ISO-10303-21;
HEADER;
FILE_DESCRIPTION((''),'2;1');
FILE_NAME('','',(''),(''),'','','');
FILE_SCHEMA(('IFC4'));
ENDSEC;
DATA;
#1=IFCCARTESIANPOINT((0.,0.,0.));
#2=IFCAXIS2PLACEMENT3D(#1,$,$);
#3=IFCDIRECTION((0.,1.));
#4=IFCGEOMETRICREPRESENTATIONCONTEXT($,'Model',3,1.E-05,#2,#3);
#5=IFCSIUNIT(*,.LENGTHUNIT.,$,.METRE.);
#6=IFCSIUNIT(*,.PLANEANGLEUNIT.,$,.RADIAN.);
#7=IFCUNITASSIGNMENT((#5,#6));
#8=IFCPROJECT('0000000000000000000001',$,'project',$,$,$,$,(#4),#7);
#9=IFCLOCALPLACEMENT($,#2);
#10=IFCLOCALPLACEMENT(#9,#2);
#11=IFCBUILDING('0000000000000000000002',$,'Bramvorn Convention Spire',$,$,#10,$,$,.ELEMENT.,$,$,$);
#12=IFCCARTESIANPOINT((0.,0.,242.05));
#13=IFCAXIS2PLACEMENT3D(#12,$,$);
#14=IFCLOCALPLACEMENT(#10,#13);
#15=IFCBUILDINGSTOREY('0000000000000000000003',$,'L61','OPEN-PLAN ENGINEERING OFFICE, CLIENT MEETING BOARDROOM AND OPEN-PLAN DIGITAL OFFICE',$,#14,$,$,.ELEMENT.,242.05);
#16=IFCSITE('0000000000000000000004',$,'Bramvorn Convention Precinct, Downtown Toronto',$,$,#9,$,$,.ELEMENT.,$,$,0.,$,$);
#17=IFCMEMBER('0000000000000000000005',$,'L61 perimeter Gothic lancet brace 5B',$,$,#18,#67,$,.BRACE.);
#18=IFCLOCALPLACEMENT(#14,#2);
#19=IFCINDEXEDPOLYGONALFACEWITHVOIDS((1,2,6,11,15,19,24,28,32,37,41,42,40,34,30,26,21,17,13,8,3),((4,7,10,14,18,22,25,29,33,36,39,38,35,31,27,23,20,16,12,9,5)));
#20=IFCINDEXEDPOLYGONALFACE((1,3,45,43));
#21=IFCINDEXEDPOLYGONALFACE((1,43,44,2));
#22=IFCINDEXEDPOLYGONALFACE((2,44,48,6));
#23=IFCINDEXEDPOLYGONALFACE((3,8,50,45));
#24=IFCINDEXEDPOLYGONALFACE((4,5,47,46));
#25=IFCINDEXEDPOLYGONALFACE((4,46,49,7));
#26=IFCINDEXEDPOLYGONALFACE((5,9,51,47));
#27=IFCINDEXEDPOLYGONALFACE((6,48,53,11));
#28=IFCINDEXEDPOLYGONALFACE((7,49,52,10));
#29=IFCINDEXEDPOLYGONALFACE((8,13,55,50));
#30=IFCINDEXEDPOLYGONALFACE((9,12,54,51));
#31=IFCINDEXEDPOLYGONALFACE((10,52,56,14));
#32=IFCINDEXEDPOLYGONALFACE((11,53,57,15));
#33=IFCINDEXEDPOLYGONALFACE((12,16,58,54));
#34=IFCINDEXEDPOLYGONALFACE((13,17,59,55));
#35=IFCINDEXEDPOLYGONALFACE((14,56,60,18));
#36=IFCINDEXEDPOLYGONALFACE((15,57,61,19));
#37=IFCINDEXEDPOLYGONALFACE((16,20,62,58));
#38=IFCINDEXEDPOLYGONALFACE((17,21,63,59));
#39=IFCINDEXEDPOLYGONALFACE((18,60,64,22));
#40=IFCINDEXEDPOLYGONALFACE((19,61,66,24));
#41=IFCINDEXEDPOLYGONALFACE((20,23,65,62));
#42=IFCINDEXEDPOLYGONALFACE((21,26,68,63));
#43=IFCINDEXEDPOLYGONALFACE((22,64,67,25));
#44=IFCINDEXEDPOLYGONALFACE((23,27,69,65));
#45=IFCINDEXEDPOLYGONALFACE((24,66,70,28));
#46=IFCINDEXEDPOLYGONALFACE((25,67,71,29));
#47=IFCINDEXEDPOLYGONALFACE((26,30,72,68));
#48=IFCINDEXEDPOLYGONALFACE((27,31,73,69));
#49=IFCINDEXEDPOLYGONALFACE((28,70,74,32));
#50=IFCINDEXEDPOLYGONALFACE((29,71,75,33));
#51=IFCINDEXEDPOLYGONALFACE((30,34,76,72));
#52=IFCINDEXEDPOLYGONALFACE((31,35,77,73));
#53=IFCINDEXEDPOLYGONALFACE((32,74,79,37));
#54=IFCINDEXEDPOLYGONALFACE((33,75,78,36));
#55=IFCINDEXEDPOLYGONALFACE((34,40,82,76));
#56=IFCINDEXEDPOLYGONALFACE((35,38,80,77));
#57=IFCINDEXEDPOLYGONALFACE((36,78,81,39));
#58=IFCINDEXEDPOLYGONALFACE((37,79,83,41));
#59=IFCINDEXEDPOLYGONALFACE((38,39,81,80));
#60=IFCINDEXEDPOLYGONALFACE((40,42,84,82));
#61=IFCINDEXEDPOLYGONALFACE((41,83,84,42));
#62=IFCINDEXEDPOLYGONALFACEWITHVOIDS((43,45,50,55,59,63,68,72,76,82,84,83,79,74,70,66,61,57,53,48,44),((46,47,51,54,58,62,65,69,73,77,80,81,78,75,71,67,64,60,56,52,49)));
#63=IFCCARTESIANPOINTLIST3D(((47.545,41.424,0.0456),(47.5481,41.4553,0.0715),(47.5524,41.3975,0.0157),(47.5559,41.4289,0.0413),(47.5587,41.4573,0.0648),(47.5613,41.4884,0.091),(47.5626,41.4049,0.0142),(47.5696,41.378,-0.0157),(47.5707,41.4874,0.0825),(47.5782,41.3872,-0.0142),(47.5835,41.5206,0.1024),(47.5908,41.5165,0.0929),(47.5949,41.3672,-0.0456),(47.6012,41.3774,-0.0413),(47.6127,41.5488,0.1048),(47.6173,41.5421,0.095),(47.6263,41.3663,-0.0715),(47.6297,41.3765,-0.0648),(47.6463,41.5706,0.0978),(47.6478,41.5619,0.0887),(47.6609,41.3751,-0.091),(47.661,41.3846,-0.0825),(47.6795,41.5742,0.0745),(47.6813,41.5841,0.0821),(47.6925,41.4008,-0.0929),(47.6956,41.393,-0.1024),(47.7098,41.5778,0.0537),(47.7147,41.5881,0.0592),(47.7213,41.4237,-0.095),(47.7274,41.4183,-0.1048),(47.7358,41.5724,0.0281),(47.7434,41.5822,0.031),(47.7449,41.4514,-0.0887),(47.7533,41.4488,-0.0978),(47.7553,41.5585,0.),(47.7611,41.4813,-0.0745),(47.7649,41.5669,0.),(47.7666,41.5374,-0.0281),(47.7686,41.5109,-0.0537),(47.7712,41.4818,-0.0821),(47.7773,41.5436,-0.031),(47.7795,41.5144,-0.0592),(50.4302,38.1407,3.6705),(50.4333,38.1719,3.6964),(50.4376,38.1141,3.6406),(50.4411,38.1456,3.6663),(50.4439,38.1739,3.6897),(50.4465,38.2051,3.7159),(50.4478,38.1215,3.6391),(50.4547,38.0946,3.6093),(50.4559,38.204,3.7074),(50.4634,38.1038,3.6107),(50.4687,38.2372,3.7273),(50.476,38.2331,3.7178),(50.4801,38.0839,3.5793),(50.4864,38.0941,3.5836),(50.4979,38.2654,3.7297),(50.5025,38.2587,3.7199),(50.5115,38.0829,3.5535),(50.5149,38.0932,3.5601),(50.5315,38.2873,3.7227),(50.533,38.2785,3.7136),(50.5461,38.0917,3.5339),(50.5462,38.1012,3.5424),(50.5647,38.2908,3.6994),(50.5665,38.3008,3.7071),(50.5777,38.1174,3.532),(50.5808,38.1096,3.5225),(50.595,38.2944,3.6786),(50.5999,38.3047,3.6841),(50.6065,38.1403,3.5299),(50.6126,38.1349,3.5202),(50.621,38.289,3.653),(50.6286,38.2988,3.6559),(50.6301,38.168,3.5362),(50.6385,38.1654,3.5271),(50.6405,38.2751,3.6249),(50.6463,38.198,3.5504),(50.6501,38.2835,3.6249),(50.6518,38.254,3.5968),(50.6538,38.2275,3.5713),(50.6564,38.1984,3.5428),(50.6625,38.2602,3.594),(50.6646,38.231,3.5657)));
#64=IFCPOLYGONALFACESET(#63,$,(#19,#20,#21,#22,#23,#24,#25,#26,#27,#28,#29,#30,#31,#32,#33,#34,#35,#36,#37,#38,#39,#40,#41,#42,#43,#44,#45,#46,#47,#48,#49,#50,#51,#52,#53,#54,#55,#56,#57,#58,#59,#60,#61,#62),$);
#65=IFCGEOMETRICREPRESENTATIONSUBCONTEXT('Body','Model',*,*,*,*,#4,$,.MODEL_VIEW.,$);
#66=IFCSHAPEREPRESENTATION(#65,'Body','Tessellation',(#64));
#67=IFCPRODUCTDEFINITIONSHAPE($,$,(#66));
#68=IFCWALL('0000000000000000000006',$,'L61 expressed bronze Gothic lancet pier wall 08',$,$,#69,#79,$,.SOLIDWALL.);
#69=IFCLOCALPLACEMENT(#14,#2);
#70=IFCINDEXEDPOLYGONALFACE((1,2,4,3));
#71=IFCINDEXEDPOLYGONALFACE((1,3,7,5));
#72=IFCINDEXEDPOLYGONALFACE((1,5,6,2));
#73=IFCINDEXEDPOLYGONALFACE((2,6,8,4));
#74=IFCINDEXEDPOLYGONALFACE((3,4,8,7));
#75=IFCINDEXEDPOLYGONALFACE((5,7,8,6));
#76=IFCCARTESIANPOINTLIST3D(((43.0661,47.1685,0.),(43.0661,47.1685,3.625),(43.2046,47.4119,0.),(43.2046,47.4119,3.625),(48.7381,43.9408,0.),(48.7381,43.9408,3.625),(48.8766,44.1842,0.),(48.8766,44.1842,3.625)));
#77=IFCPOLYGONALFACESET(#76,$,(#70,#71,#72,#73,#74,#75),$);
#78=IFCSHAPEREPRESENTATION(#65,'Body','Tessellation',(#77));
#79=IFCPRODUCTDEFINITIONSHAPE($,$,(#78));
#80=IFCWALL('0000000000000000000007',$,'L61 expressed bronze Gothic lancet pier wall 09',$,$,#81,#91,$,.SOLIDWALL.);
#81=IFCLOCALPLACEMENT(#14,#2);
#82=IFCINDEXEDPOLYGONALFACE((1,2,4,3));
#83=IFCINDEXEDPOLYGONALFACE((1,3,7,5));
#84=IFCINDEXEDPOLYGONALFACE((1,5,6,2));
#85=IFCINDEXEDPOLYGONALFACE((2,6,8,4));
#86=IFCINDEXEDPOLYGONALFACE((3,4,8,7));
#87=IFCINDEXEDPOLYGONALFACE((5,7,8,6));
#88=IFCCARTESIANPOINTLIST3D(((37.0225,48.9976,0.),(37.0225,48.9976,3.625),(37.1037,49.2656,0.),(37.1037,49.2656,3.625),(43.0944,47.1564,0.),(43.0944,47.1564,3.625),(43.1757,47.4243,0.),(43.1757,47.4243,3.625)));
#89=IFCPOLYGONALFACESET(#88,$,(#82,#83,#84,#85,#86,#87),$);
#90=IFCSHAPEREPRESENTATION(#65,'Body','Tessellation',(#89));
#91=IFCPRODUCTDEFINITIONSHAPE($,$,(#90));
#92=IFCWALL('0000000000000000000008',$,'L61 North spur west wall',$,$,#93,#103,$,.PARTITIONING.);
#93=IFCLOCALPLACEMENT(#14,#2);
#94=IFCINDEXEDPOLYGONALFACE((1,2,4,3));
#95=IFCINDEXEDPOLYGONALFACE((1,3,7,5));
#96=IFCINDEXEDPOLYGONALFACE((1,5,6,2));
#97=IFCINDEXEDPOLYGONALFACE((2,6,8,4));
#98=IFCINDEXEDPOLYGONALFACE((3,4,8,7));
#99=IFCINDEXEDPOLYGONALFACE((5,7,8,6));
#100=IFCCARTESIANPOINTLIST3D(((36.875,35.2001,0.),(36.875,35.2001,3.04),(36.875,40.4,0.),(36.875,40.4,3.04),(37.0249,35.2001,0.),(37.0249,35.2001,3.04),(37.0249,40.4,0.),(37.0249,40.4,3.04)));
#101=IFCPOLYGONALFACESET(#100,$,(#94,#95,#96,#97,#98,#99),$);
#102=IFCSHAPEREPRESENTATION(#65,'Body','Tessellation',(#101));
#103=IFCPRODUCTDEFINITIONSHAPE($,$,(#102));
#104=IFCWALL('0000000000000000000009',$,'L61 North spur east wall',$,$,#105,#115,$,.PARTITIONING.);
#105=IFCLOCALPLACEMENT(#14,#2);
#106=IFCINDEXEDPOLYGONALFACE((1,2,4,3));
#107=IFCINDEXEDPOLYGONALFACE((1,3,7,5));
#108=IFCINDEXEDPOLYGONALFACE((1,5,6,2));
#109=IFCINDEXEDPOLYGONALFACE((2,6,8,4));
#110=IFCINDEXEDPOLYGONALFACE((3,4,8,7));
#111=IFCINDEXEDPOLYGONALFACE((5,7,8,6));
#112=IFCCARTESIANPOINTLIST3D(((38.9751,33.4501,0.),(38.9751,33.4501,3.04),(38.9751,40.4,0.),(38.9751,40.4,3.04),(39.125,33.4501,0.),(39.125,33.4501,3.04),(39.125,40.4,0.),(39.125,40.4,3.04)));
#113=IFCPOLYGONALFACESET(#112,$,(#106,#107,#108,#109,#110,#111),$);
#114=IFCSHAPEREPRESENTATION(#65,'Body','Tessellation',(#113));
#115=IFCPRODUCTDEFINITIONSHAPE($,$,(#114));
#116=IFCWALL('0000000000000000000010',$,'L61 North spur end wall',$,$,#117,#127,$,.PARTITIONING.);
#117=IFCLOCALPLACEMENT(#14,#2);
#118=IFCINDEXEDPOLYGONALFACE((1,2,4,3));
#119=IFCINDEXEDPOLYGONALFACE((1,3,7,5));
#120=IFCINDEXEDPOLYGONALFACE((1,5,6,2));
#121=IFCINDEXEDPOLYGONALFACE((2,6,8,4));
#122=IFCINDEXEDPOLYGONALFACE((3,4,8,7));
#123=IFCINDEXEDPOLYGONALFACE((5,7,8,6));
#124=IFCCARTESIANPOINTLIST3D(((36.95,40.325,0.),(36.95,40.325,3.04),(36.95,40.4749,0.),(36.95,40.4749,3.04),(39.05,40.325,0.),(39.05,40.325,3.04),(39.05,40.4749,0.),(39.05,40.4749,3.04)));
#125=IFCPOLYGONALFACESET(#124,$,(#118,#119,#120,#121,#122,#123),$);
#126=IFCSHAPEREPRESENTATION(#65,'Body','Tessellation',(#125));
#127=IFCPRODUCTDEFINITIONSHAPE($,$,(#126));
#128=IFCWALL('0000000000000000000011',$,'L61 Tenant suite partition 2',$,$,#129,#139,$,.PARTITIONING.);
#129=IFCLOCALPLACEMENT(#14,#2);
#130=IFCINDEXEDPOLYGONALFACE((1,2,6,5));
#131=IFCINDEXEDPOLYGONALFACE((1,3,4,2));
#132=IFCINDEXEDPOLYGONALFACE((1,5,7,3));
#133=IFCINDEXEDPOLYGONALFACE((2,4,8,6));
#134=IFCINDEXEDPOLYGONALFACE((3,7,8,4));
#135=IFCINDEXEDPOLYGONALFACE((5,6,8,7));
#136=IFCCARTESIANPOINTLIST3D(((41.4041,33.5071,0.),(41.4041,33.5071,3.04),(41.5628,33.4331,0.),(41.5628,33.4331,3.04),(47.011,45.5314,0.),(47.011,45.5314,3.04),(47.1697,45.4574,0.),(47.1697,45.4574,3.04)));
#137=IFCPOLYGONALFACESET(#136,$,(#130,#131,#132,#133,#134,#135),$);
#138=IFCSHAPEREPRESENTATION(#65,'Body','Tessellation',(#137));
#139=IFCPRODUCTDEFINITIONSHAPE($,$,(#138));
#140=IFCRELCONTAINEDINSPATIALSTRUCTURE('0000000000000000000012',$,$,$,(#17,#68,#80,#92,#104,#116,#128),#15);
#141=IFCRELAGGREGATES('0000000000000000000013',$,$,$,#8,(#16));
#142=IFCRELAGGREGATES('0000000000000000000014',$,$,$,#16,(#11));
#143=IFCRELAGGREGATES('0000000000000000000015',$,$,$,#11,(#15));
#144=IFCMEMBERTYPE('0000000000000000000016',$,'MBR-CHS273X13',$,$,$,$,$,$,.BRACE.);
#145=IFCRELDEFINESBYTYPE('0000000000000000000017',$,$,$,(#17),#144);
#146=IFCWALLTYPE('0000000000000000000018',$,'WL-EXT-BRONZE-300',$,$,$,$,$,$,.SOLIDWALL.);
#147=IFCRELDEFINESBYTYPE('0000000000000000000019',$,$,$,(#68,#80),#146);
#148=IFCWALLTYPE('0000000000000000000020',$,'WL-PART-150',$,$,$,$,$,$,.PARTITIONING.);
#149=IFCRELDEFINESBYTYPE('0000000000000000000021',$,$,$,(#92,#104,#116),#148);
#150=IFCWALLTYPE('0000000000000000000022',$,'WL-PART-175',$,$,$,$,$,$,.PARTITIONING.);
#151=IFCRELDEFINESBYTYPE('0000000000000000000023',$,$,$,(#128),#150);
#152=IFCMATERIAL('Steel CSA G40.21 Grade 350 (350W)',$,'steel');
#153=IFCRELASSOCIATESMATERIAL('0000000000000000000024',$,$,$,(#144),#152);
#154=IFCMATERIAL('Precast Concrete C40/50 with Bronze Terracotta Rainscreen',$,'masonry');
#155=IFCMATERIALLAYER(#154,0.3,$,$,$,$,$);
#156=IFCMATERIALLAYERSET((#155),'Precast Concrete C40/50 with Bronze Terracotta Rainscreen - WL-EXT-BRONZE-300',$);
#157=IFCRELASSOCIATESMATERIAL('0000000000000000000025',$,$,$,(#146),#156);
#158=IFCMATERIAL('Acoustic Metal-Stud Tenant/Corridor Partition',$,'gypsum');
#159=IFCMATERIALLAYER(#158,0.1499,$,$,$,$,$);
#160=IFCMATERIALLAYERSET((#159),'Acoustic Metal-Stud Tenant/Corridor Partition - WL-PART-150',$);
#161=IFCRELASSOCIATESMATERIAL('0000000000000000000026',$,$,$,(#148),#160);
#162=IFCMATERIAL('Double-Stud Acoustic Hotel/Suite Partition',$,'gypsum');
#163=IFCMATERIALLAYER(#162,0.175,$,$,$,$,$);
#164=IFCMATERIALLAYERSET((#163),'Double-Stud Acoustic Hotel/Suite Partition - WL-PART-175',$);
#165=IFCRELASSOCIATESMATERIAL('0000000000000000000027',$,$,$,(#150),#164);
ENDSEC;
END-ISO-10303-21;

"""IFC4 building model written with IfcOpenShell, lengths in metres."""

from ifc_helpers import new_model, si_unit, direction, frame, frame_2d, origin, origin_2d, place, context, subcontext, project, spatial, rectangle, hollow_circle, extrude, material, layer, layer_set, material_profile, profile_set, type_object, element, save


model = new_model("IFC4")

# Units and contexts
model_context = context("Model", 3, precision=1e-05, world=origin(), true_north=direction((0.0, 1.0)))
body_context = subcontext(model_context, "Body", "Model", "MODEL_VIEW")
ifc_project = project(units=[si_unit("LENGTHUNIT", "METRE"), si_unit("PLANEANGLEUNIT", "RADIAN")], contexts=[model_context])

# Site, building, storey
site_placement = place(None, origin())
site = spatial("IfcSite", under=ifc_project, at=site_placement, Name="Bramvorn Convention Precinct, Downtown Toronto", CompositionType="ELEMENT", RefElevation=0.0)
building_placement = place(site_placement, origin())
building = spatial("IfcBuilding", under=site, at=building_placement, Name="Bramvorn Convention Spire", CompositionType="ELEMENT")
storey_placement = place(building_placement, frame((0.0, 0.0, 242.05)))
storey = spatial("IfcBuildingStorey", under=building, at=storey_placement, Name="L61", Description="OPEN-PLAN ENGINEERING OFFICE, CLIENT MEETING BOARDROOM AND OPEN-PLAN DIGITAL OFFICE", CompositionType="ELEMENT", Elevation=242.05)

# Shared definitions
ifc_material_1 = material(Name="Steel CSA G40.21 Grade 350 (350W)", Category="steel")

# Member
ifc_material_profile_1 = material_profile(ifc_material_1, hollow_circle(Radius=0.1365, WallThickness=0.0127, at=origin_2d()))
ifc_profile_set_1 = profile_set([ifc_material_profile_1], Name="Steel CSA G40.21 Grade 350 (350W) - CHS273X13")
member_type = type_object("IfcMemberType", Name="MBR-CHS273X13", PredefinedType="BRACE", material=ifc_profile_set_1)
member_placement = place(storey_placement, frame((47.6624, 41.4768, 0.0), z_axis=(0.508094, -0.578216, 0.638363), x_axis=(0.751188, 0.660089, 0.0)))
element("IfcMember", 1, at=member_placement, inside=storey, type_object=member_type, Name="L61 perimeter Gothic lancet brace 5B", PredefinedType="BRACE", context=body_context, shape_type="SweptSolid", body=[
    extrude(hollow_circle(Radius=0.1365, WallThickness=0.0127, at=origin_2d()), origin(), (0.0, 0.0, 1.0), 5.6785),
])

# Walls
ifc_material_2 = material(Name="Precast Concrete C40/50 with Bronze Terracotta Rainscreen", Category="masonry")
ifc_layer_1 = layer(ifc_material_2, 0.3)
ifc_layer_set_1 = layer_set([ifc_layer_1], Name="Precast Concrete C40/50 with Bronze Terracotta Rainscreen - WL-EXT-BRONZE-300")
wall_type_1 = type_object("IfcWallType", Name="WL-EXT-BRONZE-300", PredefinedType="SOLIDWALL", material=ifc_layer_set_1)
wall_1_placement = place(storey_placement, frame((43.1353, 47.2903, 0.0), z_axis=(0.0, 0.0, 1.0), x_axis=(0.869128, -0.494587, 0.0)))
element("IfcWall", 2, at=wall_1_placement, inside=storey, type_object=wall_type_1, Name="L61 expressed bronze Gothic lancet pier wall 08", PredefinedType="SOLIDWALL", context=body_context, shape_type="SweptSolid", body=[
    extrude(rectangle(XDim=6.5261, YDim=0.28, at=frame_2d((3.2632, 0.0))), origin(), (0.0, 0.0, 1.0), 3.625),
])
wall_2_placement = place(storey_placement, frame((37.0632, 49.1316, 0.0), z_axis=(0.0, 0.0, 1.0), x_axis=(0.956967, -0.290195, 0.0)))
element("IfcWall", 3, at=wall_2_placement, inside=storey, type_object=wall_type_1, Name="L61 expressed bronze Gothic lancet pier wall 09", PredefinedType="SOLIDWALL", context=body_context, shape_type="SweptSolid", body=[
    extrude(rectangle(XDim=6.345, YDim=0.28, at=frame_2d((3.1724, 0.0))), origin(), (0.0, 0.0, 1.0), 3.625),
])
ifc_material_3 = material(Name="Acoustic Metal-Stud Tenant/Corridor Partition", Category="gypsum")
ifc_layer_2 = layer(ifc_material_3, 0.1499)
ifc_layer_set_2 = layer_set([ifc_layer_2], Name="Acoustic Metal-Stud Tenant/Corridor Partition - WL-PART-150")
wall_type_2 = type_object("IfcWallType", Name="WL-PART-150", PredefinedType="PARTITIONING", material=ifc_layer_set_2)
wall_3_placement = place(storey_placement, frame((36.95, 35.2, 0.0), z_axis=(0.0, 0.0, 1.0), x_axis=(0.0, 1.0, 0.0)))
element("IfcWall", 4, at=wall_3_placement, inside=storey, type_object=wall_type_2, Name="L61 North spur west wall", PredefinedType="PARTITIONING", context=body_context, shape_type="SweptSolid", body=[
    extrude(rectangle(XDim=5.2, YDim=0.1499, at=frame_2d((2.6001, 0.0))), origin(), (0.0, 0.0, 1.0), 3.04),
])
wall_4_placement = place(storey_placement, frame((39.05, 33.45, 0.0), z_axis=(0.0, 0.0, 1.0), x_axis=(0.0, 1.0, 0.0)))
element("IfcWall", 5, at=wall_4_placement, inside=storey, type_object=wall_type_2, Name="L61 North spur east wall", PredefinedType="PARTITIONING", context=body_context, shape_type="SweptSolid", body=[
    extrude(rectangle(XDim=6.95, YDim=0.1499, at=frame_2d((3.4751, 0.0))), origin(), (0.0, 0.0, 1.0), 3.04),
])
wall_5_placement = place(storey_placement, frame((36.95, 40.3999, 0.0), z_axis=(0.0, 0.0, 1.0), x_axis=(1.0, 0.0, 0.0)))
element("IfcWall", 6, at=wall_5_placement, inside=storey, type_object=wall_type_2, Name="L61 North spur end wall", PredefinedType="PARTITIONING", context=body_context, shape_type="SweptSolid", body=[
    extrude(rectangle(XDim=2.1001, YDim=0.1499, at=frame_2d((1.05, 0.0))), origin(), (0.0, 0.0, 1.0), 3.04),
])
ifc_material_4 = material(Name="Double-Stud Acoustic Hotel/Suite Partition", Category="gypsum")
ifc_layer_3 = layer(ifc_material_4, 0.175)
ifc_layer_set_3 = layer_set([ifc_layer_3], Name="Double-Stud Acoustic Hotel/Suite Partition - WL-PART-175")
wall_type_3 = type_object("IfcWallType", Name="WL-PART-175", PredefinedType="PARTITIONING", material=ifc_layer_set_3)
wall_6_placement = place(storey_placement, frame((41.4834, 33.47, 0.0), z_axis=(0.0, 0.0, 1.0), x_axis=(0.422609, 0.906312, 0.0)))
element("IfcWall", 7, at=wall_6_placement, inside=storey, type_object=wall_type_3, Name="L61 Tenant suite partition 2", PredefinedType="PARTITIONING", context=body_context, shape_type="SweptSolid", body=[
    extrude(rectangle(XDim=13.2673, YDim=0.175, at=frame_2d((6.6338, 0.0))), origin(), (0.0, 0.0, 1.0), 3.04),
])

save(model, "model.ifc")
